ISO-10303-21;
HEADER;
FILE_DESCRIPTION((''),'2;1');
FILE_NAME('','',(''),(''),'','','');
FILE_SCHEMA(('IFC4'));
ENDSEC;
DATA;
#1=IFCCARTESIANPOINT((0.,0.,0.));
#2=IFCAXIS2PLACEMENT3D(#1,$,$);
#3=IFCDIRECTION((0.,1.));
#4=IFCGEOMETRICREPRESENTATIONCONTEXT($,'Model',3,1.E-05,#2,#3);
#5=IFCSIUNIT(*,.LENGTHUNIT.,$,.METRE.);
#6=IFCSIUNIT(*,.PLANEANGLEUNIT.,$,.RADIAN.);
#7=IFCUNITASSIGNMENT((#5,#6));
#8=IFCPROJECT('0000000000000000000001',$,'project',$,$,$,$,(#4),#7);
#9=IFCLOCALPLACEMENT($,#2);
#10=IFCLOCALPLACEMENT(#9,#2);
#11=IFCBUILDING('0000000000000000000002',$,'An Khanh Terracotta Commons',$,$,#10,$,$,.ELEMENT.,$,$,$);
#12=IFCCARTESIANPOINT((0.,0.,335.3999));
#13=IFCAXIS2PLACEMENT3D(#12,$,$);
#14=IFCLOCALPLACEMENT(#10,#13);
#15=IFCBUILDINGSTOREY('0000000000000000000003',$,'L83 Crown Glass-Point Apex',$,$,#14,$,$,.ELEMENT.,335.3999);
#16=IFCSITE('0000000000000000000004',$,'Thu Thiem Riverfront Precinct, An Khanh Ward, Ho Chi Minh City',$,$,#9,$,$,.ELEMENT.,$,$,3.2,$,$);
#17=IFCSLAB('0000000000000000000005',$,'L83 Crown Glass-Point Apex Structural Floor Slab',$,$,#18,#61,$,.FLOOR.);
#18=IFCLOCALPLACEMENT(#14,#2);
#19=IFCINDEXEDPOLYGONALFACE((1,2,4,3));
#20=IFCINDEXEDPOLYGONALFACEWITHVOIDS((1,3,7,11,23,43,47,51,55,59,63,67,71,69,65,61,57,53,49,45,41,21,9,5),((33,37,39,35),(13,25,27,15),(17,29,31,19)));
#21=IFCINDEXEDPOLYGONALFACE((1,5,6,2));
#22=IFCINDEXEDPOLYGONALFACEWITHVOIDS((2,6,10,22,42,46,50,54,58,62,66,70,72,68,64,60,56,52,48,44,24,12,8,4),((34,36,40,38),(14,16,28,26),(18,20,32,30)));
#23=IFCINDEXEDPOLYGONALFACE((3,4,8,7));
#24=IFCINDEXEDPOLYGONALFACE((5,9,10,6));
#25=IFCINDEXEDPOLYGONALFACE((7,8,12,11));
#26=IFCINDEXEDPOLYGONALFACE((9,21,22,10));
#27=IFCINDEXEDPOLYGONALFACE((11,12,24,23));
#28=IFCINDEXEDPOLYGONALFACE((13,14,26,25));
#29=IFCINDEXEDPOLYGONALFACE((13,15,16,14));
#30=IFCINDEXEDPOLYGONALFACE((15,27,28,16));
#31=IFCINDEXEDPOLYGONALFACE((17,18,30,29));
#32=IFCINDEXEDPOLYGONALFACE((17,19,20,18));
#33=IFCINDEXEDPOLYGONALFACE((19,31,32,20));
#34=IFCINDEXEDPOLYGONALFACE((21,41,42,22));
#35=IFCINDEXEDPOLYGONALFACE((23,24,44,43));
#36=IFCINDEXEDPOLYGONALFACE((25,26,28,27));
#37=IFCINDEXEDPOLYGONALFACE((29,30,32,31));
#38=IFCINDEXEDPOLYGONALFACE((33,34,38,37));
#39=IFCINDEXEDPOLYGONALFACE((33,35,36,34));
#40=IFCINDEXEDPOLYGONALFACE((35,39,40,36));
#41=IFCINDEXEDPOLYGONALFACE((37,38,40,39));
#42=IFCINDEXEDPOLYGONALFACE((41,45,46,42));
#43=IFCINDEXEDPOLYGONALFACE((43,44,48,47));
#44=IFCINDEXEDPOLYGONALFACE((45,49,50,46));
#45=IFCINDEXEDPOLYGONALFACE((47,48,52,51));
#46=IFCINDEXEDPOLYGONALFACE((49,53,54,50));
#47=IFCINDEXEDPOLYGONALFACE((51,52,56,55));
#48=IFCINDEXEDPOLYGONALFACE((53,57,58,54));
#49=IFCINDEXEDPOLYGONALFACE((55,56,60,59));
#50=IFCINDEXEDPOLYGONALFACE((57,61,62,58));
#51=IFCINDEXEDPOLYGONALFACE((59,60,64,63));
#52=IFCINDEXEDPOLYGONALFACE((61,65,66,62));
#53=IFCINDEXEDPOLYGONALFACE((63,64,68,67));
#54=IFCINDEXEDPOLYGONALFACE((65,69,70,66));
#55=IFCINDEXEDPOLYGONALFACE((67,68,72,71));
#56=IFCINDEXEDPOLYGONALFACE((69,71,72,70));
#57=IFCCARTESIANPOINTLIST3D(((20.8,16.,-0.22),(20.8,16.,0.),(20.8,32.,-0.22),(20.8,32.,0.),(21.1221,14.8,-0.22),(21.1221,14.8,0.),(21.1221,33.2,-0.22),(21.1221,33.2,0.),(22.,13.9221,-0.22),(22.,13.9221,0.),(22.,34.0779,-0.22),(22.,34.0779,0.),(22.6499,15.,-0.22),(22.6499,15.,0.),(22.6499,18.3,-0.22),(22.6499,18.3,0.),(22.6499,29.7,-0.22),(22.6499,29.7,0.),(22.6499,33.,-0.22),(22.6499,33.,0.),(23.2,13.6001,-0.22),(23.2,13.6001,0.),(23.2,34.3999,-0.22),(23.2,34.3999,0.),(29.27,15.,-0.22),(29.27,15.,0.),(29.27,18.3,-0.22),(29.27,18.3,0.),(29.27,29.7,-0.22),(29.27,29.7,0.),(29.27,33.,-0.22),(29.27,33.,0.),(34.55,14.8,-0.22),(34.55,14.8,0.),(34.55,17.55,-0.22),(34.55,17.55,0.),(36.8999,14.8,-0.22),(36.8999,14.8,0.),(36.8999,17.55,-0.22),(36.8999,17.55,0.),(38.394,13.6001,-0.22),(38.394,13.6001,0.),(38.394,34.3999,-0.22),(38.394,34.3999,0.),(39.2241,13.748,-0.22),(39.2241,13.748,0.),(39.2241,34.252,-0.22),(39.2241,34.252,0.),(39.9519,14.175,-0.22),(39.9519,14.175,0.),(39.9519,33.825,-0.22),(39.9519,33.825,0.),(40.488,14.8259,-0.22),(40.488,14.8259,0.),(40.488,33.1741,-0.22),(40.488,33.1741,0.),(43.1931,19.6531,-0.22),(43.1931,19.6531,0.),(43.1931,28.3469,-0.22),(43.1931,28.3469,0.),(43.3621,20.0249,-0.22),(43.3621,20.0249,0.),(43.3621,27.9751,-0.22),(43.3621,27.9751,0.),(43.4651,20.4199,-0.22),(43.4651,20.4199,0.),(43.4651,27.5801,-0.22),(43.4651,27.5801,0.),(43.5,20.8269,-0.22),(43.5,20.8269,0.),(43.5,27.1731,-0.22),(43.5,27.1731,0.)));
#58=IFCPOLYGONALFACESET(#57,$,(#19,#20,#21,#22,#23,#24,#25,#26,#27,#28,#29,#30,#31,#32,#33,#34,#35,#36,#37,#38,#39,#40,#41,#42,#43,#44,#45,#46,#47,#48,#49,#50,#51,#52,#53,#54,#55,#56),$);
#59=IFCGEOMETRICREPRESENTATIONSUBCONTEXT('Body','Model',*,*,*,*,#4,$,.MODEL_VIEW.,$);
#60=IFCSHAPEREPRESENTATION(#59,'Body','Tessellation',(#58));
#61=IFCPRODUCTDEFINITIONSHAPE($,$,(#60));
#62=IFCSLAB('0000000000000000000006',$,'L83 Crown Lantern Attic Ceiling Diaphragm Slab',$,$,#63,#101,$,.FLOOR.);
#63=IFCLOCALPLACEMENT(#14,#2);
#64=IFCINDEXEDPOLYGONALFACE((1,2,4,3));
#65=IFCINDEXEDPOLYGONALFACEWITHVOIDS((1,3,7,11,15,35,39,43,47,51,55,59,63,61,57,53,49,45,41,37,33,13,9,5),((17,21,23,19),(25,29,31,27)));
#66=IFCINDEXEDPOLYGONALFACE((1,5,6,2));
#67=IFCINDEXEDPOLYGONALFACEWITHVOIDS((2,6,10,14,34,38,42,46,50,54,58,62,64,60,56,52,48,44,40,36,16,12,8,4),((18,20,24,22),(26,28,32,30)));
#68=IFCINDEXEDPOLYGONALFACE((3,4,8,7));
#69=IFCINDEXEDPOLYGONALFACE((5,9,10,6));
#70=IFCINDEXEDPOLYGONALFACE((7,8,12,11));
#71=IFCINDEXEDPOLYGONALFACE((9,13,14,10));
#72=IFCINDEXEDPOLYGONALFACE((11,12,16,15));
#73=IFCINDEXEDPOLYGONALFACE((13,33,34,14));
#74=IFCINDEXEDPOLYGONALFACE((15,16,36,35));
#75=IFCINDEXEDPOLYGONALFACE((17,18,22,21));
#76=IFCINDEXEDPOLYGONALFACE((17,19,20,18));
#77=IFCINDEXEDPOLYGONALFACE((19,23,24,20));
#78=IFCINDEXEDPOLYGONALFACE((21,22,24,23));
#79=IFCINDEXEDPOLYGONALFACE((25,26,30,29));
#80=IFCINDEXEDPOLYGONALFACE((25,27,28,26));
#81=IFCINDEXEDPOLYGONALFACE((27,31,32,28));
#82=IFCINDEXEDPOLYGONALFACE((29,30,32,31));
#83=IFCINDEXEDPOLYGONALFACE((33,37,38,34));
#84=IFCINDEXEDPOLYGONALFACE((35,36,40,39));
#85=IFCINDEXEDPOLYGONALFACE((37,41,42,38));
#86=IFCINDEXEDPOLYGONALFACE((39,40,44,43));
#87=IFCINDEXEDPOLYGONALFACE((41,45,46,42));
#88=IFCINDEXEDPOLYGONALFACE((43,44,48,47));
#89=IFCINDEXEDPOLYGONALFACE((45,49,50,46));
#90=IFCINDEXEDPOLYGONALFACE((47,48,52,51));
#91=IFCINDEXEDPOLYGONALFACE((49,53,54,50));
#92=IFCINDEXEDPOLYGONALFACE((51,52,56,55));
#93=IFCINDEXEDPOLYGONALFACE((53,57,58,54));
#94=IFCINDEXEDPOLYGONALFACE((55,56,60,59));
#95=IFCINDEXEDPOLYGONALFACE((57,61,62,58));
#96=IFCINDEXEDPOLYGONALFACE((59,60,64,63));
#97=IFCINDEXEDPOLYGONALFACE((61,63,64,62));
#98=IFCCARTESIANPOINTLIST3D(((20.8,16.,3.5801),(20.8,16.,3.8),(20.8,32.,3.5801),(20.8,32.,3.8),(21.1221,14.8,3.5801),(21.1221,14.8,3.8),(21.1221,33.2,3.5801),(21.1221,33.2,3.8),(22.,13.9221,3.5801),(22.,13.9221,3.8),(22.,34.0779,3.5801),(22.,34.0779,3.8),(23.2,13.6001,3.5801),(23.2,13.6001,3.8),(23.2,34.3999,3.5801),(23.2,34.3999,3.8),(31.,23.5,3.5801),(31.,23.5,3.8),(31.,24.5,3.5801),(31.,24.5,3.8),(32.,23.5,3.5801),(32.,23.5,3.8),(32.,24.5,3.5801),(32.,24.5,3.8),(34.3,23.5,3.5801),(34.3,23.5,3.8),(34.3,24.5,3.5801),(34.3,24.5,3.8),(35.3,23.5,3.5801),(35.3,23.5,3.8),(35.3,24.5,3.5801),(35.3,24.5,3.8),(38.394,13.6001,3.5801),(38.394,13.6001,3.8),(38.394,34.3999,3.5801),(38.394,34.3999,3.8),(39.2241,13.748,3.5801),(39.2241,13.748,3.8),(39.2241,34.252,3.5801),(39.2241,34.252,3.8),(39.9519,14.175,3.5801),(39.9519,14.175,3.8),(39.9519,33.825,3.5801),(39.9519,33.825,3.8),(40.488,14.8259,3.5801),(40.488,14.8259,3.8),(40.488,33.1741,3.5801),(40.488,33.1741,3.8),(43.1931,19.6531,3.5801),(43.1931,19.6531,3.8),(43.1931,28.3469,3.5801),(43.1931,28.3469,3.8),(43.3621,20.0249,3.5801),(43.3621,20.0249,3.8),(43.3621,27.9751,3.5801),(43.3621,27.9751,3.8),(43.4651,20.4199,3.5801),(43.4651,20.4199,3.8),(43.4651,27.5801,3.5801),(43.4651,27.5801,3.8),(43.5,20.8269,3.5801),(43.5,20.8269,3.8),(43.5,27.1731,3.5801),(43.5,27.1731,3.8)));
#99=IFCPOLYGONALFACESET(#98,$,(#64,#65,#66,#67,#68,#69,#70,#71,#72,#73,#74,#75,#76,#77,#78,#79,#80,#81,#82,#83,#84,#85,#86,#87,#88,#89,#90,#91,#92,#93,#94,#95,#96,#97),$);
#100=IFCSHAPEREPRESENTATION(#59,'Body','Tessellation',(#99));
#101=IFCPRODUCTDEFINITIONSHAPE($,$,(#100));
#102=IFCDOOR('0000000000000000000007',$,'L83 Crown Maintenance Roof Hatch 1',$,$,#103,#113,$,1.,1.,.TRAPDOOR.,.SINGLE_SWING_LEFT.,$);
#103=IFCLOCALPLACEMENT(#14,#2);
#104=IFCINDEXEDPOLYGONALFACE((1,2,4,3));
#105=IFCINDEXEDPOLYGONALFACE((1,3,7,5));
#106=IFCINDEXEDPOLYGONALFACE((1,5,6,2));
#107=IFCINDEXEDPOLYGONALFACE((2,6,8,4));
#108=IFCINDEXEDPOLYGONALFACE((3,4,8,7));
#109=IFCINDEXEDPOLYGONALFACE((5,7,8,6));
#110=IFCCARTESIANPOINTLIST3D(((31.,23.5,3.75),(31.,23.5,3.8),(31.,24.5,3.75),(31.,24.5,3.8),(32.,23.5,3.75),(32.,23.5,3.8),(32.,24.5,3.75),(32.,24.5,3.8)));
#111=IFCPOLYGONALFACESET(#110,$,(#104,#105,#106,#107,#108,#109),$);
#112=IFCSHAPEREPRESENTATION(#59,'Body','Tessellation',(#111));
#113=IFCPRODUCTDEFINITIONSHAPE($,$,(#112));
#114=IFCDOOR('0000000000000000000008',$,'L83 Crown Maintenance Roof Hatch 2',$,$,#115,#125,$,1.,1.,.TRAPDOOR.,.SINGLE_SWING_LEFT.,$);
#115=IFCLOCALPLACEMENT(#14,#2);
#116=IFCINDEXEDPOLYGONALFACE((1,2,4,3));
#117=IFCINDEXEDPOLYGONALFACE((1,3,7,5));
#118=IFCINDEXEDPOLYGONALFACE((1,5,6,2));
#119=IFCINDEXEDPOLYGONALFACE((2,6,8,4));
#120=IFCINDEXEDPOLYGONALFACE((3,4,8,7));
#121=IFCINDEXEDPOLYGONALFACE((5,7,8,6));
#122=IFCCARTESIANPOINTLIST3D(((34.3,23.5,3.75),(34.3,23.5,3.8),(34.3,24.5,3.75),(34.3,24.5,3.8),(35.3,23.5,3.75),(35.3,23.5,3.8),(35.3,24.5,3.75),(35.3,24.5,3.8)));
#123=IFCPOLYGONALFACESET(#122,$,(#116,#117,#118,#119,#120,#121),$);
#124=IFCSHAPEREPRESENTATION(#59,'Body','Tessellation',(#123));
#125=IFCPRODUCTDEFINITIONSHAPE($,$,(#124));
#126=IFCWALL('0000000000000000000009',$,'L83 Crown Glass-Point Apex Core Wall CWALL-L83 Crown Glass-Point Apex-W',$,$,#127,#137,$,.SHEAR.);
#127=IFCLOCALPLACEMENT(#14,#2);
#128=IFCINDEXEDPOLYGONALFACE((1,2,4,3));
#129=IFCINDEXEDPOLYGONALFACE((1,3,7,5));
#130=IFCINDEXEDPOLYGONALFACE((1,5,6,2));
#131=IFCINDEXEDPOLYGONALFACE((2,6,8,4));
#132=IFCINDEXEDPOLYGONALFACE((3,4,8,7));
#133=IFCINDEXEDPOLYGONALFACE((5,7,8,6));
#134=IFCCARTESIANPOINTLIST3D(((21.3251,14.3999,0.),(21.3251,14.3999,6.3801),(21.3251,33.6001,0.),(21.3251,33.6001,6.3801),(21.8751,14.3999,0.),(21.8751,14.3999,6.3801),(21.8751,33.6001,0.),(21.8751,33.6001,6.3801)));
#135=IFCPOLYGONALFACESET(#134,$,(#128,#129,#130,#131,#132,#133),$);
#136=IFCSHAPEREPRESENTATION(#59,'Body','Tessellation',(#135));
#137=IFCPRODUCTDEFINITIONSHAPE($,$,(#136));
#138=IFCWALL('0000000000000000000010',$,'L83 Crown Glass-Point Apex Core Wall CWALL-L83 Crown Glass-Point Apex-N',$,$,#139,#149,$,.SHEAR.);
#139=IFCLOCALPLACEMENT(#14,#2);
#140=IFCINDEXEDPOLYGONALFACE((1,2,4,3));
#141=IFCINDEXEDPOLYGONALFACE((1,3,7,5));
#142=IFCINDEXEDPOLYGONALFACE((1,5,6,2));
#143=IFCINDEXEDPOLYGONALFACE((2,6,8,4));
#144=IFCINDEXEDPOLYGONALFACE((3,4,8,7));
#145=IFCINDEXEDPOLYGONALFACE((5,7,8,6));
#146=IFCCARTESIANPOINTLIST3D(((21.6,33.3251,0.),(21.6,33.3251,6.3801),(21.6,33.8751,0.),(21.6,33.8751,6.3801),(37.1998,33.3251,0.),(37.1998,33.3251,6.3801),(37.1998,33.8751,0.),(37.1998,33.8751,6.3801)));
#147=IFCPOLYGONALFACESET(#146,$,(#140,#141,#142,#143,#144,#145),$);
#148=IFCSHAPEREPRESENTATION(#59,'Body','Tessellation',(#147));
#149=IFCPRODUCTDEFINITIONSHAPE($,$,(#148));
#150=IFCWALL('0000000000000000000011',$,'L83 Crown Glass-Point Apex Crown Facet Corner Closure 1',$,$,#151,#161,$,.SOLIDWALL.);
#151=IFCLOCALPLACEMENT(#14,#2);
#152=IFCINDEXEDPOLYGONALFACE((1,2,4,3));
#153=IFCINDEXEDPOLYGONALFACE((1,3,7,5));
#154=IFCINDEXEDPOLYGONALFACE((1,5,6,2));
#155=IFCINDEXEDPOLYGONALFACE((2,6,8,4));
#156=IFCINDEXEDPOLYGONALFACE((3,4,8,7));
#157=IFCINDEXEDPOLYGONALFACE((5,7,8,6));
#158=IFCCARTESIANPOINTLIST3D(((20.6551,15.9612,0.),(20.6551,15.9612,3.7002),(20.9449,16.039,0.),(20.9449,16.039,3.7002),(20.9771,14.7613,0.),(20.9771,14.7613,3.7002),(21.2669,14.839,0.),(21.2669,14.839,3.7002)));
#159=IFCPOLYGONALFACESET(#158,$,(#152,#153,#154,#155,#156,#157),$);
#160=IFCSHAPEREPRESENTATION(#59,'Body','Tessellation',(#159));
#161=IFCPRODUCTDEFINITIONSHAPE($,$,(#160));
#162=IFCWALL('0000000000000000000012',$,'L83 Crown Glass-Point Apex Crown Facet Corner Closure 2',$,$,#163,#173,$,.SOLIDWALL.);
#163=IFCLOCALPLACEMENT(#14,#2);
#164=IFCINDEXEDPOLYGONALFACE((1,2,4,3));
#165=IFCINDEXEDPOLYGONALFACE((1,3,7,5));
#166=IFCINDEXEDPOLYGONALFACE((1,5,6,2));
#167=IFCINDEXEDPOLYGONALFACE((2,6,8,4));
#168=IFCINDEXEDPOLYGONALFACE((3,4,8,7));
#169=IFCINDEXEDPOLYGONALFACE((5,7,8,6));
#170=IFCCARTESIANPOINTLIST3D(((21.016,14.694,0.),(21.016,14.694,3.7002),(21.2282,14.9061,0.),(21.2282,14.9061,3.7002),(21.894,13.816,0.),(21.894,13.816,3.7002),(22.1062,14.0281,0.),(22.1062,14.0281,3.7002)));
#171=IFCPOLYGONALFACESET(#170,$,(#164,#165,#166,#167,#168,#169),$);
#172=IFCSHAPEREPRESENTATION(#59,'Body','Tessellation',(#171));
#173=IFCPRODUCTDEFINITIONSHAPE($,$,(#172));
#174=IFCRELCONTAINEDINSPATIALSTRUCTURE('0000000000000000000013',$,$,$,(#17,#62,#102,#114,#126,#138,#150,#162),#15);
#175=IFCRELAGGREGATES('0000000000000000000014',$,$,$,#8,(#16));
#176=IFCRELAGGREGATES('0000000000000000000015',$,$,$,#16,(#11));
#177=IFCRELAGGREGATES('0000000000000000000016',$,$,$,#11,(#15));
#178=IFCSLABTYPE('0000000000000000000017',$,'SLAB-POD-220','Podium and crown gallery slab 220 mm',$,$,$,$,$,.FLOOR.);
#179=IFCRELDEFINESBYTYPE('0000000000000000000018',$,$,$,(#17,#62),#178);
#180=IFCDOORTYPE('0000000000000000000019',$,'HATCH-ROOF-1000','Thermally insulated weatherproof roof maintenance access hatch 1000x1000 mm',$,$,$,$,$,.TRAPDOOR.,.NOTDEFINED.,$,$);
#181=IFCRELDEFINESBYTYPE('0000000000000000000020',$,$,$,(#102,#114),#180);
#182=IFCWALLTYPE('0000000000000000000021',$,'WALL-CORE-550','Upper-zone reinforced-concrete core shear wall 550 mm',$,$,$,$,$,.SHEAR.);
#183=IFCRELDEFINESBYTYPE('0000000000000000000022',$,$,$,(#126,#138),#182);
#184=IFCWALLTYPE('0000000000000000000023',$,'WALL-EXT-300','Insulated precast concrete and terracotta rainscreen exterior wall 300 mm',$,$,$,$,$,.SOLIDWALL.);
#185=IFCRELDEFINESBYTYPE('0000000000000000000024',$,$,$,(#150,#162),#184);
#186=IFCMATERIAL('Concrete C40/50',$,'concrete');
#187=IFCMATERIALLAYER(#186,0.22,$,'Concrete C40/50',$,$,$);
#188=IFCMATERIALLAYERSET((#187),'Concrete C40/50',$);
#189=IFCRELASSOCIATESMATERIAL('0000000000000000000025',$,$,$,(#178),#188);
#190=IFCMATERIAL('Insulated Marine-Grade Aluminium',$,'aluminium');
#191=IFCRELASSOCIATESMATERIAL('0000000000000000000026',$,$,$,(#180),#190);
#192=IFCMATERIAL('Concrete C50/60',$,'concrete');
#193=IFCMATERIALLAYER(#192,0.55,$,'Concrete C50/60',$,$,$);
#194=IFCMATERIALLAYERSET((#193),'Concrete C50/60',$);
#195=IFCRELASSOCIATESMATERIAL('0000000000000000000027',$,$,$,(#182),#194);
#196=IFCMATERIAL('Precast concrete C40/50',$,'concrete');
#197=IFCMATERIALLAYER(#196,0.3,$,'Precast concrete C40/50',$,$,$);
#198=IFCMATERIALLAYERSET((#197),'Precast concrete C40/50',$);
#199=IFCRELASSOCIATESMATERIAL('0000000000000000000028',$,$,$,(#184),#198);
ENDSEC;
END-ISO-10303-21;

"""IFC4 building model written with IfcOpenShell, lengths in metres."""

from ifc_helpers import new_model, si_unit, direction, frame, frame_2d, origin, origin_2d, place, context, subcontext, project, spatial, polyline, rectangle, outline, extrude, material, layer, layer_set, type_object, element, fill, save


model = new_model("IFC4")

# Units and contexts
model_context = context("Model", 3, precision=1e-05, world=origin(), true_north=direction((0.0, 1.0)))
body_context = subcontext(model_context, "Body", "Model", "MODEL_VIEW")
ifc_project = project(units=[si_unit("LENGTHUNIT", "METRE"), si_unit("PLANEANGLEUNIT", "RADIAN")], contexts=[model_context])

# Site, building, storey
site_placement = place(None, origin())
site = spatial("IfcSite", under=ifc_project, at=site_placement, Name="Thu Thiem Riverfront Precinct, An Khanh Ward, Ho Chi Minh City", CompositionType="ELEMENT", RefElevation=3.2)
building_placement = place(site_placement, origin())
building = spatial("IfcBuilding", under=site, at=building_placement, Name="An Khanh Terracotta Commons", CompositionType="ELEMENT")
storey_placement = place(building_placement, frame((0.0, 0.0, 335.3999)))
storey = spatial("IfcBuildingStorey", under=building, at=storey_placement, Name="L83 Crown Glass-Point Apex", CompositionType="ELEMENT", Elevation=335.3999)

# Shared definitions
ifc_material_1 = material(Name="Concrete C50/60", Category="concrete")

# Slab
ifc_material_2 = material(Name="Concrete C40/50", Category="concrete")
ifc_layer_1 = layer(ifc_material_2, 0.22, Name="Concrete C40/50")
ifc_layer_set_1 = layer_set([ifc_layer_1], Name="Concrete C40/50")
slab_type = type_object("IfcSlabType", Name="SLAB-POD-220", Description="Podium and crown gallery slab 220 mm", PredefinedType="FLOOR", material=ifc_layer_set_1)
slab_1_placement = place(storey_placement, frame((0.0, 0.0, -0.22)))
element("IfcSlab", 1, at=slab_1_placement, inside=storey, type_object=slab_type, Name="L83 Crown Glass-Point Apex Structural Floor Slab", PredefinedType="FLOOR", context=body_context, shape_type="SweptSolid", body=[
    extrude(outline(polyline([(20.8, 16.0), (21.1221, 14.8), (22.0, 13.9221), (23.2, 13.6001), (38.394, 13.6001), (39.2241, 13.748), (39.9519, 14.175), (40.488, 14.8259), (43.1931, 19.6531), (43.3621, 20.0249), (43.4651, 20.4199), (43.5, 20.8269), (43.5, 27.1731), (43.4651, 27.5801), (43.3621, 27.9751), (43.1931, 28.3469), (40.488, 33.1741), (39.9519, 33.825), (39.2241, 34.252), (38.394, 34.3999), (23.2, 34.3999), (22.0, 34.0779), (21.1221, 33.2), (20.8, 32.0), (20.8, 16.0)]), holes=[polyline([(22.6499, 29.7), (29.27, 29.7), (29.27, 33.0), (22.6499, 33.0), (22.6499, 29.7)]), polyline([(22.6499, 15.0), (29.27, 15.0), (29.27, 18.3), (22.6499, 18.3), (22.6499, 15.0)]), polyline([(34.55, 14.8), (36.8999, 14.8), (36.8999, 17.55), (34.55, 17.55), (34.55, 14.8)])]), origin(), (0.0, 0.0, 1.0), 0.22),
])

# Slab, openings, doors
slab_2_placement = place(storey_placement, frame((0.0, 0.0, 3.5801)))
slab_2 = element("IfcSlab", 2, at=slab_2_placement, inside=storey, type_object=slab_type, Name="L83 Crown Lantern Attic Ceiling Diaphragm Slab", PredefinedType="FLOOR", context=body_context, shape_type="SweptSolid", body=[
    extrude(outline(polyline([(20.8, 16.0), (21.1221, 14.8), (22.0, 13.9221), (23.2, 13.6001), (38.394, 13.6001), (39.2241, 13.748), (39.9519, 14.175), (40.488, 14.8259), (43.1931, 19.6531), (43.3621, 20.0249), (43.4651, 20.4199), (43.5, 20.8269), (43.5, 27.1731), (43.4651, 27.5801), (43.3621, 27.9751), (43.1931, 28.3469), (40.488, 33.1741), (39.9519, 33.825), (39.2241, 34.252), (38.394, 34.3999), (23.2, 34.3999), (22.0, 34.0779), (21.1221, 33.2), (20.8, 32.0), (20.8, 16.0)])), origin(), (0.0, 0.0, 1.0), 0.22),
])
opening_1_placement = place(slab_2_placement, frame((31.5, 24.0, 0.0)))
opening_1 = element("IfcOpeningElement", 3, at=opening_1_placement, cuts=slab_2, PredefinedType="OPENING", context=body_context, shape_type="SweptSolid", body=[
    extrude(rectangle(XDim=1.0, YDim=1.0, at=origin_2d()), frame((0.0, 0.0, -0.01)), (0.0, 0.0, 1.0), 0.24),
])
opening_2_placement = place(slab_2_placement, frame((34.8, 24.0, 0.0)))
opening_2 = element("IfcOpeningElement", 4, at=opening_2_placement, cuts=slab_2, PredefinedType="OPENING", context=body_context, shape_type="SweptSolid", body=[
    extrude(rectangle(XDim=1.0, YDim=1.0, at=origin_2d()), frame((0.0, 0.0, -0.01)), (0.0, 0.0, 1.0), 0.24),
])
ifc_material_3 = material(Name="Insulated Marine-Grade Aluminium", Category="aluminium")
door_type = type_object("IfcDoorType", Name="HATCH-ROOF-1000", Description="Thermally insulated weatherproof roof maintenance access hatch 1000x1000 mm", OperationType="NOTDEFINED", PredefinedType="TRAPDOOR", material=ifc_material_3)
door_1_placement = place(opening_1_placement, frame((0.0, 0.0, 0.1699)))
door_1 = element("IfcDoor", 5, at=door_1_placement, inside=storey, type_object=door_type, Name="L83 Crown Maintenance Roof Hatch 1", OperationType="SINGLE_SWING_LEFT", OverallHeight=1.0, OverallWidth=1.0, PredefinedType="TRAPDOOR", context=body_context, shape_type="SweptSolid", body=[
    extrude(rectangle(XDim=1.0, YDim=1.0, at=origin_2d()), origin(), (0.0, 0.0, 1.0), 0.05),
])
fill(opening_1, door_1)
door_2_placement = place(opening_2_placement, frame((0.0, 0.0, 0.1699)))
door_2 = element("IfcDoor", 6, at=door_2_placement, inside=storey, type_object=door_type, Name="L83 Crown Maintenance Roof Hatch 2", OperationType="SINGLE_SWING_LEFT", OverallHeight=1.0, OverallWidth=1.0, PredefinedType="TRAPDOOR", context=body_context, shape_type="SweptSolid", body=[
    extrude(rectangle(XDim=1.0, YDim=1.0, at=origin_2d()), origin(), (0.0, 0.0, 1.0), 0.05),
])
fill(opening_2, door_2)

# Walls
ifc_layer_2 = layer(ifc_material_1, 0.55, Name="Concrete C50/60")
ifc_layer_set_2 = layer_set([ifc_layer_2], Name="Concrete C50/60")
wall_type_1 = type_object("IfcWallType", Name="WALL-CORE-550", Description="Upper-zone reinforced-concrete core shear wall 550 mm", PredefinedType="SHEAR", material=ifc_layer_set_2)
wall_1_placement = place(storey_placement, frame((21.6001, 14.3999, 0.0), z_axis=(0.0, 0.0, 1.0), x_axis=(0.0, 1.0, 0.0)))
element("IfcWall", 7, at=wall_1_placement, inside=storey, type_object=wall_type_1, Name="L83 Crown Glass-Point Apex Core Wall CWALL-L83 Crown Glass-Point Apex-W", PredefinedType="SHEAR", context=body_context, shape_type="SweptSolid", body=[
    extrude(rectangle(XDim=19.2002, YDim=0.55, at=frame_2d((9.6001, 0.0))), origin(), (0.0, 0.0, 1.0), 6.3801),
])
wall_2_placement = place(storey_placement, frame((21.6001, 33.6001, 0.0), z_axis=(0.0, 0.0, 1.0), x_axis=(1.0, 0.0, 0.0)))
element("IfcWall", 8, at=wall_2_placement, inside=storey, type_object=wall_type_1, Name="L83 Crown Glass-Point Apex Core Wall CWALL-L83 Crown Glass-Point Apex-N", PredefinedType="SHEAR", context=body_context, shape_type="SweptSolid", body=[
    extrude(rectangle(XDim=15.5999, YDim=0.55, at=frame_2d((7.7998, 0.0))), origin(), (0.0, 0.0, 1.0), 6.3801),
])
ifc_material_4 = material(Name="Precast concrete C40/50", Category="concrete")
ifc_layer_3 = layer(ifc_material_4, 0.3, Name="Precast concrete C40/50")
ifc_layer_set_3 = layer_set([ifc_layer_3], Name="Precast concrete C40/50")
wall_type_2 = type_object("IfcWallType", Name="WALL-EXT-300", Description="Insulated precast concrete and terracotta rainscreen exterior wall 300 mm", PredefinedType="SOLIDWALL", material=ifc_layer_set_3)
wall_3_placement = place(storey_placement, frame((20.8, 16.0, 0.0), z_axis=(0.0, 0.0, 1.0), x_axis=(0.259191, -0.965826, 0.0)))
element("IfcWall", 9, at=wall_3_placement, inside=storey, type_object=wall_type_2, Name="L83 Crown Glass-Point Apex Crown Facet Corner Closure 1", PredefinedType="SOLIDWALL", context=body_context, shape_type="SweptSolid", body=[
    extrude(rectangle(XDim=1.2424, YDim=0.3, at=frame_2d((0.6211, 0.0))), origin(), (0.0, 0.0, 1.0), 3.7002),
])
wall_4_placement = place(storey_placement, frame((21.1221, 14.8, 0.0), z_axis=(0.0, 0.0, 1.0), x_axis=(0.707107, -0.707107, 0.0)))
element("IfcWall", 10, at=wall_4_placement, inside=storey, type_object=wall_type_2, Name="L83 Crown Glass-Point Apex Crown Facet Corner Closure 2", PredefinedType="SOLIDWALL", context=body_context, shape_type="SweptSolid", body=[
    extrude(rectangle(XDim=1.2417, YDim=0.3, at=frame_2d((0.6208, 0.0))), origin(), (0.0, 0.0, 1.0), 3.7002),
])

save(model, "model.ifc")
